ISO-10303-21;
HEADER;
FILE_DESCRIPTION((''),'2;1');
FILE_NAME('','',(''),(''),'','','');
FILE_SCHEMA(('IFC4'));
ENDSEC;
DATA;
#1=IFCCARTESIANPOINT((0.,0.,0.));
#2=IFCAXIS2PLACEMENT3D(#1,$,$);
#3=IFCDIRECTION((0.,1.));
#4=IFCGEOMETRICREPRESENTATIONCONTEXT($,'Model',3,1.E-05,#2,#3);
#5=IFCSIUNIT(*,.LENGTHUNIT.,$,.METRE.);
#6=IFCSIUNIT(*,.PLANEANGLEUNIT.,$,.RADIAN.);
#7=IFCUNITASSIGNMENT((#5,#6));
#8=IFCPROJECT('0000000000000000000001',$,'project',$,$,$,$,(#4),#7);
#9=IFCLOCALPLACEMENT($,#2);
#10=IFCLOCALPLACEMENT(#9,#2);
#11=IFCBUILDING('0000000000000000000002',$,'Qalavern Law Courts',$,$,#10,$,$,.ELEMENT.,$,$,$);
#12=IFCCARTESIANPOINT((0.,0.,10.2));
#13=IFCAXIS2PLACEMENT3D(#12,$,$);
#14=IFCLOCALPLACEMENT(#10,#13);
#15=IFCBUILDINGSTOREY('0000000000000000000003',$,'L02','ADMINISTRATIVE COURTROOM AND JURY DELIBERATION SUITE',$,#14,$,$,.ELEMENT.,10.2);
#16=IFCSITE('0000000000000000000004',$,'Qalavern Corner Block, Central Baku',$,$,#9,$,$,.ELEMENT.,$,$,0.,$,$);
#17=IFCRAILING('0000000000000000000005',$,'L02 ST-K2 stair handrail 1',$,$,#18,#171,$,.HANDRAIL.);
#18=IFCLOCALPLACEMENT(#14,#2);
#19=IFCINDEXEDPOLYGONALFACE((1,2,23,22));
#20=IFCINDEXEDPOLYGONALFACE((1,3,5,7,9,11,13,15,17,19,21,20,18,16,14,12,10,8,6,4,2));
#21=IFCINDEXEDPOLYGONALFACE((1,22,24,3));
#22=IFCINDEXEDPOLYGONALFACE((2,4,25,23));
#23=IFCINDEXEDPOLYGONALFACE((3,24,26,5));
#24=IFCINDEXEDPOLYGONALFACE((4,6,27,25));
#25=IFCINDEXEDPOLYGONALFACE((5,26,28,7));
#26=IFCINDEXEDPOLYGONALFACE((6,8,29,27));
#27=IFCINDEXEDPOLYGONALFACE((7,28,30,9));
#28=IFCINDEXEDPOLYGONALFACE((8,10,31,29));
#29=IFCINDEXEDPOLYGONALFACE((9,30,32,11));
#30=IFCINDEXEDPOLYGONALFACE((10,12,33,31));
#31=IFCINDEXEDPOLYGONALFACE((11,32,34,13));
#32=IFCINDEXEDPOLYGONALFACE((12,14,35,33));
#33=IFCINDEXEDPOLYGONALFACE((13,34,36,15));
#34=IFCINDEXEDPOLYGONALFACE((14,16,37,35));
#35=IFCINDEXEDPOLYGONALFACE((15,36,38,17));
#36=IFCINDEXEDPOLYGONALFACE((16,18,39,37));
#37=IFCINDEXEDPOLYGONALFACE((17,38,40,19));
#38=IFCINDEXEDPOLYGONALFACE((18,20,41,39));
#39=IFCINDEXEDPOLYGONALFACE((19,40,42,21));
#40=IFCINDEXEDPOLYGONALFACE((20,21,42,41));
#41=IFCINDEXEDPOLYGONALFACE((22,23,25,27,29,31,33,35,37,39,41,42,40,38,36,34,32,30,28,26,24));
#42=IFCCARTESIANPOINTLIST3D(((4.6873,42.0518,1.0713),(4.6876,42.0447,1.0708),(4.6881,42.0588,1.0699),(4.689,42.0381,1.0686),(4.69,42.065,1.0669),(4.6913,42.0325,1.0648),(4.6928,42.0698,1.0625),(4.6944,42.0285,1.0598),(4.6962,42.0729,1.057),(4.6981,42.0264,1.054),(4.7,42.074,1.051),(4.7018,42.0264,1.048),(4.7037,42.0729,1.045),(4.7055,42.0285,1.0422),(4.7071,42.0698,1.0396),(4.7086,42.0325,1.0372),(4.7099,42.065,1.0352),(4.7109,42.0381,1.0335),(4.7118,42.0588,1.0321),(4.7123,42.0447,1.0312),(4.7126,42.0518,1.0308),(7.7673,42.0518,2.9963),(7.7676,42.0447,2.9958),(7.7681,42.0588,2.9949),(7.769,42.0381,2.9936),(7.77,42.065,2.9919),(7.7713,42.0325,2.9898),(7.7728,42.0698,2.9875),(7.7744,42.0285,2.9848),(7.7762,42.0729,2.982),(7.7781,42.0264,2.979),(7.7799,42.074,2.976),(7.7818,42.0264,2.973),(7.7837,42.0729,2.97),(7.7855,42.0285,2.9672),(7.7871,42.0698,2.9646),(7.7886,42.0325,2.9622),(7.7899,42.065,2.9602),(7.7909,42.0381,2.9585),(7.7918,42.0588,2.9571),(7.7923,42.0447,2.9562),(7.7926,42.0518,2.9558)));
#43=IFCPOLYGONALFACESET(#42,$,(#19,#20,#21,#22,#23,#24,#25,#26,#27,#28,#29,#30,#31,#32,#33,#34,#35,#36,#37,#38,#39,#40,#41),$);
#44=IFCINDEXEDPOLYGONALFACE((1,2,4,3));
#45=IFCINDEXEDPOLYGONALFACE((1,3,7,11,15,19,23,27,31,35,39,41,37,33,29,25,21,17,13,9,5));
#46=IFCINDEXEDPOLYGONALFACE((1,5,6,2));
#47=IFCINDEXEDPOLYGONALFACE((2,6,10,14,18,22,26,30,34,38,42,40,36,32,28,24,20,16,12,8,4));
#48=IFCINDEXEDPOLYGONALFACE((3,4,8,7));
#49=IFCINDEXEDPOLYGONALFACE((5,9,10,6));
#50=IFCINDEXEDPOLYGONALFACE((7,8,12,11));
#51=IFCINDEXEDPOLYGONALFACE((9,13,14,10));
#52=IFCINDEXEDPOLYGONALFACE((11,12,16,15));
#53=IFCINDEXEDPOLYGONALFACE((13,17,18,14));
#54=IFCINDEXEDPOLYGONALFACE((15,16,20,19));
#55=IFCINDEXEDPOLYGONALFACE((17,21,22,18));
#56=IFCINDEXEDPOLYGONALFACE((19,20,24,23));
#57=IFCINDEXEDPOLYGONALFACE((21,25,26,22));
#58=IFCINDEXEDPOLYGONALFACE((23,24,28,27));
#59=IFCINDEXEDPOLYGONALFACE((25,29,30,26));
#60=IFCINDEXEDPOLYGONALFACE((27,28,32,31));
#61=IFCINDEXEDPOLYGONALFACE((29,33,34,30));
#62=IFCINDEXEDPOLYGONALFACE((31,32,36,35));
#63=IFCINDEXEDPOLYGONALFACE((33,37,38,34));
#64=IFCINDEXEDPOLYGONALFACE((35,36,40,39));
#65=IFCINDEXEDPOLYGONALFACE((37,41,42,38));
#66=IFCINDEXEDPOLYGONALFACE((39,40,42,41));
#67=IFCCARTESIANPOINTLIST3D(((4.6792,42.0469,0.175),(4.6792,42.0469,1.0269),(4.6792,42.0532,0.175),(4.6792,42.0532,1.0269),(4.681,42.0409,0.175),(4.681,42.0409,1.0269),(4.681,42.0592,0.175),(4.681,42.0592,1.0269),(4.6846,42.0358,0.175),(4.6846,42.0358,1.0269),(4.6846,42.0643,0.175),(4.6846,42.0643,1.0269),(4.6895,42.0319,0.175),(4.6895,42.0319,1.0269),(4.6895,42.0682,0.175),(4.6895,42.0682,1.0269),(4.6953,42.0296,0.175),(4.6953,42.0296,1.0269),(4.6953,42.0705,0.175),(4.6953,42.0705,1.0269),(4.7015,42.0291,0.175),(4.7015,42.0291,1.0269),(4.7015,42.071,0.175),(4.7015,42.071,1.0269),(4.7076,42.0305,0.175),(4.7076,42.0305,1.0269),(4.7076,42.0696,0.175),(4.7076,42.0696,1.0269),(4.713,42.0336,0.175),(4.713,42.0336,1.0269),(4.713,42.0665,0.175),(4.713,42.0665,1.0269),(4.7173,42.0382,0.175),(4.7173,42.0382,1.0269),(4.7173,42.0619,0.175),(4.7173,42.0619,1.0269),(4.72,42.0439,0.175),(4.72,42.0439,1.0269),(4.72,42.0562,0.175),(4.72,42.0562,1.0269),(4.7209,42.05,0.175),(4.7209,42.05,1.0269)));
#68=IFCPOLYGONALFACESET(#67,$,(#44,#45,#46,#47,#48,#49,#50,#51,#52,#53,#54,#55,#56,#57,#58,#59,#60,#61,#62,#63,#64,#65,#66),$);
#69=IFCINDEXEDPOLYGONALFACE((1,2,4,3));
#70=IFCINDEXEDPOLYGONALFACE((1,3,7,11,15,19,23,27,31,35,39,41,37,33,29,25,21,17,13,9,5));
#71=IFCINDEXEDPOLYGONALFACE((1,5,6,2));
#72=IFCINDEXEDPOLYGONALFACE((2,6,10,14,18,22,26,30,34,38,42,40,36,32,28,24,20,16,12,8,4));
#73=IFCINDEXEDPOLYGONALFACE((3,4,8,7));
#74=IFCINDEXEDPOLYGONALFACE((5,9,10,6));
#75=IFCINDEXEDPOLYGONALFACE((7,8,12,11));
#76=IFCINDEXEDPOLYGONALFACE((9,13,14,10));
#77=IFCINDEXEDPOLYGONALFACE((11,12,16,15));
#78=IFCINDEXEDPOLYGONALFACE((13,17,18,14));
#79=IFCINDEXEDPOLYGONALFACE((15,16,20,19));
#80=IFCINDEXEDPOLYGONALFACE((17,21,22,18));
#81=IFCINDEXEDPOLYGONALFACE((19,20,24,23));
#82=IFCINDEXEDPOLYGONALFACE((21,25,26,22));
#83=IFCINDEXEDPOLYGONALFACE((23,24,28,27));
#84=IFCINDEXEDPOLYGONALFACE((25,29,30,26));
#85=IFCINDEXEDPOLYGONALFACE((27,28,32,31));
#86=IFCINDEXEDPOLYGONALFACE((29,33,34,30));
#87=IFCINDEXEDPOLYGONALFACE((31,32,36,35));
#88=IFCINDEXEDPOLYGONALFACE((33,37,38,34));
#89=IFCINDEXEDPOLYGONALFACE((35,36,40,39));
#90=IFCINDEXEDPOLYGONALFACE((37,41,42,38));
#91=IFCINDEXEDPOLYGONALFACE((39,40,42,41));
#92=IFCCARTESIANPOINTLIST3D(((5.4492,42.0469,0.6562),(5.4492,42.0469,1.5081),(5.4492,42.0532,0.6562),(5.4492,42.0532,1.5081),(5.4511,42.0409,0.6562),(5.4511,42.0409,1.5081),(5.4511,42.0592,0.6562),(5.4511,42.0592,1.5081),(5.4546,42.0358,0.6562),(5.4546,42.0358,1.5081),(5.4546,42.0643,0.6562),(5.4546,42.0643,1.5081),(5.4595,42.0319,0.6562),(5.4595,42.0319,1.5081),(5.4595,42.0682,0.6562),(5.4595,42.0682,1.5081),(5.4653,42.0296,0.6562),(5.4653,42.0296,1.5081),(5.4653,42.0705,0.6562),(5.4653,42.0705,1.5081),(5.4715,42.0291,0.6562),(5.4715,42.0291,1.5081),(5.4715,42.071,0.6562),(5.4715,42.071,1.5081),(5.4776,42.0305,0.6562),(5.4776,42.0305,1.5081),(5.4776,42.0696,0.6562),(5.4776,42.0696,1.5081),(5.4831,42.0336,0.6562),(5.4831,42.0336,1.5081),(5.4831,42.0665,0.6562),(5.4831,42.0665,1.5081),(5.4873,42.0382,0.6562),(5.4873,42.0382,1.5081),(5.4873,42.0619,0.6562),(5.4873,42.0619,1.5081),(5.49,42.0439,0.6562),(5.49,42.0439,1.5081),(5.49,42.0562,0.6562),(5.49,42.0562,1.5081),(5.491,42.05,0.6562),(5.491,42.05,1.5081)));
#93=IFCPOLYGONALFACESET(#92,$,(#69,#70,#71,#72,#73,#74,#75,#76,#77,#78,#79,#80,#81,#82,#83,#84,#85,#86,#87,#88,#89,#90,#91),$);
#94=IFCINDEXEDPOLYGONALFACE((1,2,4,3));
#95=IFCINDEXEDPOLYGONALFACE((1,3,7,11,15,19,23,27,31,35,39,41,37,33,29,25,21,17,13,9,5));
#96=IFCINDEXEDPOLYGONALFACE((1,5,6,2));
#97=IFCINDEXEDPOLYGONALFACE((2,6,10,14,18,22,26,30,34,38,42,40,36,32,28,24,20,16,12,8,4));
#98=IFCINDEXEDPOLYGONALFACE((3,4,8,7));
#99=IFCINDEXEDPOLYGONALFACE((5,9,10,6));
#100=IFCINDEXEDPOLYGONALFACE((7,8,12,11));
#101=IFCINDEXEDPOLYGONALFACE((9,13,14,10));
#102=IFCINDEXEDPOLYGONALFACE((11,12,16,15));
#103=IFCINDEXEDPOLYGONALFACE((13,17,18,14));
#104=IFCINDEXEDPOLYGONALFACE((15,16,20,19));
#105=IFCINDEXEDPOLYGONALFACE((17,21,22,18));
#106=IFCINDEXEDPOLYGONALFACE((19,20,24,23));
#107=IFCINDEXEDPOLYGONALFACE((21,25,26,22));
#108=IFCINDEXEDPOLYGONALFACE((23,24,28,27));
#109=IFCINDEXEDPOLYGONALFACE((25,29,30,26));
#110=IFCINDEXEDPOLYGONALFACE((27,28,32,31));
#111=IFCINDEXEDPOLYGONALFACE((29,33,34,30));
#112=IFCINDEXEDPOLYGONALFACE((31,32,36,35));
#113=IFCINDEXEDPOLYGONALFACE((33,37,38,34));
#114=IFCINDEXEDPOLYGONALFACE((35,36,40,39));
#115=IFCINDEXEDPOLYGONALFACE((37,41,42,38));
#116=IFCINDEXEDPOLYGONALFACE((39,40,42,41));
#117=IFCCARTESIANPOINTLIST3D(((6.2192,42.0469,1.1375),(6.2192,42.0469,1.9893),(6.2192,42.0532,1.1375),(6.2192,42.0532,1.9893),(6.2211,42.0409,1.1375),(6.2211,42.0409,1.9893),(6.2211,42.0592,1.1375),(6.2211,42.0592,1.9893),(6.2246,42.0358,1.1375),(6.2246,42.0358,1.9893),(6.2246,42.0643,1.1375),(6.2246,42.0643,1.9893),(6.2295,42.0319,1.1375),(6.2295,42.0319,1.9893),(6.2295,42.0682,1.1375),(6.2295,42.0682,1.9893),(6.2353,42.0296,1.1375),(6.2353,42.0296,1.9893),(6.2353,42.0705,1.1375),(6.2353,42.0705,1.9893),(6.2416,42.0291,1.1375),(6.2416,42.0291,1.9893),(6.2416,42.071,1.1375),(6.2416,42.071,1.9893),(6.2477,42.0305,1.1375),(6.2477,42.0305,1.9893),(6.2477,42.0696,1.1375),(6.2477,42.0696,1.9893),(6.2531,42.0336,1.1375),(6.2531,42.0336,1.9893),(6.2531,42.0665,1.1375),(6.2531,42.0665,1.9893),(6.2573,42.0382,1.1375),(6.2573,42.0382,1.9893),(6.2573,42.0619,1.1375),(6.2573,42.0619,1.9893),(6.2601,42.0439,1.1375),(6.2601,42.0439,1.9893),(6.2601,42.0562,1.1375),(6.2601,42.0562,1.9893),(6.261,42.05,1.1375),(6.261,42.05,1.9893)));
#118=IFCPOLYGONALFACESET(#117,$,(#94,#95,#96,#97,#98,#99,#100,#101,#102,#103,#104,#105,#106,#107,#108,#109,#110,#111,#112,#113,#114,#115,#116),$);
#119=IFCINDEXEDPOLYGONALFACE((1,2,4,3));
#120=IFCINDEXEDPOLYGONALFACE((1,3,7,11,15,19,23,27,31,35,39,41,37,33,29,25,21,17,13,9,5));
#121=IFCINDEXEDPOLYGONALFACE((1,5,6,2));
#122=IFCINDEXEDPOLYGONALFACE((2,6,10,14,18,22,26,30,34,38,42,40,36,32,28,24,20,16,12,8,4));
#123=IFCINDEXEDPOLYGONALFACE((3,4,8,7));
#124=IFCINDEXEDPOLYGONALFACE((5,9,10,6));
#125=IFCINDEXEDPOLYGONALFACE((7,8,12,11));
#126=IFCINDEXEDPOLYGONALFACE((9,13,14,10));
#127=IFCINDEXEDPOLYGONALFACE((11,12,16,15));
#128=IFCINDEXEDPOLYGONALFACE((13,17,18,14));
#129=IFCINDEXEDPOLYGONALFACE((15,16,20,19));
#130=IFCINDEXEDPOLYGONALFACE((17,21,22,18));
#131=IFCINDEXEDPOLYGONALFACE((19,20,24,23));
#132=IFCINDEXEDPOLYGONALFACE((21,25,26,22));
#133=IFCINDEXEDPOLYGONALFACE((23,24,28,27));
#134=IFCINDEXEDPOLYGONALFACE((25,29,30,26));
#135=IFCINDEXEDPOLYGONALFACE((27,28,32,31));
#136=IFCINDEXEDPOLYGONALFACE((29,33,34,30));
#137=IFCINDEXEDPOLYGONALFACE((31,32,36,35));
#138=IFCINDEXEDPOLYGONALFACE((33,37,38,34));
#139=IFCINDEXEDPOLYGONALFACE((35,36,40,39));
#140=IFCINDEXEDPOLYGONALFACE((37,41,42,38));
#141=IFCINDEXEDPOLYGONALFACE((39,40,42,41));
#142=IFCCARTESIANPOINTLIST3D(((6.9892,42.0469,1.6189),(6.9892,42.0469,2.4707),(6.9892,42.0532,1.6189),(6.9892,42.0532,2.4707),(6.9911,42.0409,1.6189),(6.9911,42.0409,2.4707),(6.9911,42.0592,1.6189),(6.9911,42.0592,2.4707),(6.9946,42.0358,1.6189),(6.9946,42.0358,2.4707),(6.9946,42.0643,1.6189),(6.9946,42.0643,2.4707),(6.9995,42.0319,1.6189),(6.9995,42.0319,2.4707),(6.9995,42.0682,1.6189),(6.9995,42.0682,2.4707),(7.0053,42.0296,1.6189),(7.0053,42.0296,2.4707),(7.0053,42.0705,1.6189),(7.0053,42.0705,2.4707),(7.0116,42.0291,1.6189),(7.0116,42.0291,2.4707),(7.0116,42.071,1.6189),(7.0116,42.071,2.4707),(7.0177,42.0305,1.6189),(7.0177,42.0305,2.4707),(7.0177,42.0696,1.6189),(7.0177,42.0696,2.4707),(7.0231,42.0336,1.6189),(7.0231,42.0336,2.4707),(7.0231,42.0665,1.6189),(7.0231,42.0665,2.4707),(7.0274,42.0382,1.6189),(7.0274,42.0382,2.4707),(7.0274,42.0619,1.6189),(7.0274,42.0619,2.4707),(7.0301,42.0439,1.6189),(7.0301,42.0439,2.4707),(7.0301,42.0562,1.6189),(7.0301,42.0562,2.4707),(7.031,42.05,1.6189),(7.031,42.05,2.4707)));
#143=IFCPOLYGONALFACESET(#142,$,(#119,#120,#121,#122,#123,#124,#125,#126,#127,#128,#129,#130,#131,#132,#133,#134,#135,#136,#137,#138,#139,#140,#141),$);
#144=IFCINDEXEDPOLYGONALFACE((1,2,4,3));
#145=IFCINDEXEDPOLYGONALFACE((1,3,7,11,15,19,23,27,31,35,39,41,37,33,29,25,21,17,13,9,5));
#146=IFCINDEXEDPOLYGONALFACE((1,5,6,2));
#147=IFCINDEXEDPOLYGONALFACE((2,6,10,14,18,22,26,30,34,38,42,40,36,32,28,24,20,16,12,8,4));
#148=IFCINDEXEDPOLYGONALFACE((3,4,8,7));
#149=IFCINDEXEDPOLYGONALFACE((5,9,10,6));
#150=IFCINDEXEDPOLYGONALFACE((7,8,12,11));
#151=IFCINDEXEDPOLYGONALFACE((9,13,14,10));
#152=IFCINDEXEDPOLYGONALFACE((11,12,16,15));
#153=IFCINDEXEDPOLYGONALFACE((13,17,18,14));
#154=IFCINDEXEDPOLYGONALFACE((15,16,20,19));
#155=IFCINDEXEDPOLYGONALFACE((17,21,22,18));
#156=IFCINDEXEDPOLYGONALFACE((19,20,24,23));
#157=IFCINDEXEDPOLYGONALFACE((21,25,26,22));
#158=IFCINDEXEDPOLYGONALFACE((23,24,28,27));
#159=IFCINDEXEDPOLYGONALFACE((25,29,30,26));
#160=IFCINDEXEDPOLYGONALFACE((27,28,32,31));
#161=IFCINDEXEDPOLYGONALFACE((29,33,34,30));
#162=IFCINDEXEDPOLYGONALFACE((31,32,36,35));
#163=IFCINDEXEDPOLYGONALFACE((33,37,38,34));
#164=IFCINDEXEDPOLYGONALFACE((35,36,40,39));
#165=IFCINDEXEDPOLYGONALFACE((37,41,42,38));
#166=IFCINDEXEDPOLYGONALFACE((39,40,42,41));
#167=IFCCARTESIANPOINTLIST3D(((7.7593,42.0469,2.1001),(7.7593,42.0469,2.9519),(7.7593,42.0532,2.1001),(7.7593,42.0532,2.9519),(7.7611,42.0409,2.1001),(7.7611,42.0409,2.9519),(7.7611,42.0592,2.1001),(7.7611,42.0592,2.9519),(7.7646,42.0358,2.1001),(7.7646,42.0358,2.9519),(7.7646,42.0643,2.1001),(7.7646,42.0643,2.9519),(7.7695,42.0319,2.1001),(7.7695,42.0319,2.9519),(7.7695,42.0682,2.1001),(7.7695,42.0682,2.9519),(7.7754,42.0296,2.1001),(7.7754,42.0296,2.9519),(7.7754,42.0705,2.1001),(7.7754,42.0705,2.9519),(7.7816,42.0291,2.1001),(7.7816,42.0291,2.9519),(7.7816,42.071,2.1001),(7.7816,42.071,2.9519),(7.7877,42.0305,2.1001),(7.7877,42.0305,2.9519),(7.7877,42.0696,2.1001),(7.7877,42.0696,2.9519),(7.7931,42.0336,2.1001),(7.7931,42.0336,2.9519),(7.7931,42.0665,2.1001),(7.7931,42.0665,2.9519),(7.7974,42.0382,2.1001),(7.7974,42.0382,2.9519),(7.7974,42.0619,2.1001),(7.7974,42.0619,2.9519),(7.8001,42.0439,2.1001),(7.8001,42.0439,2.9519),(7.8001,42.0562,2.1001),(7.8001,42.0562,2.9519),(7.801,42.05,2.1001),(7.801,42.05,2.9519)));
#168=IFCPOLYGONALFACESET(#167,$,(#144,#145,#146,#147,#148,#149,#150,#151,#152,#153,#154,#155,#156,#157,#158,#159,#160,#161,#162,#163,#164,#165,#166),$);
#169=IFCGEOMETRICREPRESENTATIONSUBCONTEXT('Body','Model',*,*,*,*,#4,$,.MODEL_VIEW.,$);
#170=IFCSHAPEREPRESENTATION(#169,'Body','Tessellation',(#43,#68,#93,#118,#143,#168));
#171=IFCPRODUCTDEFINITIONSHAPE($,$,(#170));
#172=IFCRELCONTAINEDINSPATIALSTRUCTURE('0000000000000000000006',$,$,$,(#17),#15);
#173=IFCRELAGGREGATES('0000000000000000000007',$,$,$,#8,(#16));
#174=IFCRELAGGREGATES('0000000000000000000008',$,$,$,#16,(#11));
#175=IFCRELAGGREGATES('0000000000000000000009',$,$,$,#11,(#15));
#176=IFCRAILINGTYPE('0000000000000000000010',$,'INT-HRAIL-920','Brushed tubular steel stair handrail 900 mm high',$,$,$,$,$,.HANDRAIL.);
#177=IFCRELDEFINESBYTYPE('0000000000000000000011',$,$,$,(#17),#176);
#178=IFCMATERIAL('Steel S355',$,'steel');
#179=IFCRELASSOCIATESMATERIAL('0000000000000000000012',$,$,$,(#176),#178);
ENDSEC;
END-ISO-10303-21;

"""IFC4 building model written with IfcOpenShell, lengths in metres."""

from ifc_helpers import new_model, si_unit, direction, frame, origin, origin_2d, place, context, subcontext, project, spatial, circle, extrude, material, type_object, element, save


model = new_model("IFC4")

# Units and contexts
model_context = context("Model", 3, precision=1e-05, world=origin(), true_north=direction((0.0, 1.0)))
body_context = subcontext(model_context, "Body", "Model", "MODEL_VIEW")
ifc_project = project(units=[si_unit("LENGTHUNIT", "METRE"), si_unit("PLANEANGLEUNIT", "RADIAN")], contexts=[model_context])

# Site, building, storey
site_placement = place(None, origin())
site = spatial("IfcSite", under=ifc_project, at=site_placement, Name="Qalavern Corner Block, Central Baku", CompositionType="ELEMENT", RefElevation=0.0)
building_placement = place(site_placement, origin())
building = spatial("IfcBuilding", under=site, at=building_placement, Name="Qalavern Law Courts", CompositionType="ELEMENT")
storey_placement = place(building_placement, frame((0.0, 0.0, 10.2)))
storey = spatial("IfcBuildingStorey", under=building, at=storey_placement, Name="L02", Description="ADMINISTRATIVE COURTROOM AND JURY DELIBERATION SUITE", CompositionType="ELEMENT", Elevation=10.2)

# Railing
ifc_material_1 = material(Name="Steel S355", Category="steel")
railing_type_1 = type_object("IfcRailingType", Name="INT-HRAIL-920", Description="Brushed tubular steel stair handrail 900 mm high", PredefinedType="HANDRAIL", material=ifc_material_1)
railing_1_placement = place(storey_placement, frame((4.7, 42.05, 0.175)))
element("IfcRailing", 1, at=railing_1_placement, inside=storey, type_object=railing_type_1, Name="L02 ST-K2 stair handrail 1", PredefinedType="HANDRAIL", context=body_context, shape_type="SweptSolid", body=[
    extrude(circle(Radius=0.0239, at=origin_2d()), frame((0.0, 0.0, 0.876), z_axis=(0.847998, 0.0, 0.529999), x_axis=(0.0, 1.0, 0.0)), (0.0, 0.0, 1.0), 3.6321),
    extrude(circle(Radius=0.021, at=origin_2d()), origin(), (0.0, 0.0, 1.0), 0.8518),
    extrude(circle(Radius=0.021, at=origin_2d()), frame((0.77, 0.0, 0.4812)), (0.0, 0.0, 1.0), 0.8518),
    extrude(circle(Radius=0.021, at=origin_2d()), frame((1.54, 0.0, 0.9624)), (0.0, 0.0, 1.0), 0.8518),
    extrude(circle(Radius=0.021, at=origin_2d()), frame((2.3101, 0.0, 1.4438)), (0.0, 0.0, 1.0), 0.8518),
    extrude(circle(Radius=0.021, at=origin_2d()), frame((3.0801, 0.0, 1.925)), (0.0, 0.0, 1.0), 0.8518),
])

save(model, "model.ifc")
